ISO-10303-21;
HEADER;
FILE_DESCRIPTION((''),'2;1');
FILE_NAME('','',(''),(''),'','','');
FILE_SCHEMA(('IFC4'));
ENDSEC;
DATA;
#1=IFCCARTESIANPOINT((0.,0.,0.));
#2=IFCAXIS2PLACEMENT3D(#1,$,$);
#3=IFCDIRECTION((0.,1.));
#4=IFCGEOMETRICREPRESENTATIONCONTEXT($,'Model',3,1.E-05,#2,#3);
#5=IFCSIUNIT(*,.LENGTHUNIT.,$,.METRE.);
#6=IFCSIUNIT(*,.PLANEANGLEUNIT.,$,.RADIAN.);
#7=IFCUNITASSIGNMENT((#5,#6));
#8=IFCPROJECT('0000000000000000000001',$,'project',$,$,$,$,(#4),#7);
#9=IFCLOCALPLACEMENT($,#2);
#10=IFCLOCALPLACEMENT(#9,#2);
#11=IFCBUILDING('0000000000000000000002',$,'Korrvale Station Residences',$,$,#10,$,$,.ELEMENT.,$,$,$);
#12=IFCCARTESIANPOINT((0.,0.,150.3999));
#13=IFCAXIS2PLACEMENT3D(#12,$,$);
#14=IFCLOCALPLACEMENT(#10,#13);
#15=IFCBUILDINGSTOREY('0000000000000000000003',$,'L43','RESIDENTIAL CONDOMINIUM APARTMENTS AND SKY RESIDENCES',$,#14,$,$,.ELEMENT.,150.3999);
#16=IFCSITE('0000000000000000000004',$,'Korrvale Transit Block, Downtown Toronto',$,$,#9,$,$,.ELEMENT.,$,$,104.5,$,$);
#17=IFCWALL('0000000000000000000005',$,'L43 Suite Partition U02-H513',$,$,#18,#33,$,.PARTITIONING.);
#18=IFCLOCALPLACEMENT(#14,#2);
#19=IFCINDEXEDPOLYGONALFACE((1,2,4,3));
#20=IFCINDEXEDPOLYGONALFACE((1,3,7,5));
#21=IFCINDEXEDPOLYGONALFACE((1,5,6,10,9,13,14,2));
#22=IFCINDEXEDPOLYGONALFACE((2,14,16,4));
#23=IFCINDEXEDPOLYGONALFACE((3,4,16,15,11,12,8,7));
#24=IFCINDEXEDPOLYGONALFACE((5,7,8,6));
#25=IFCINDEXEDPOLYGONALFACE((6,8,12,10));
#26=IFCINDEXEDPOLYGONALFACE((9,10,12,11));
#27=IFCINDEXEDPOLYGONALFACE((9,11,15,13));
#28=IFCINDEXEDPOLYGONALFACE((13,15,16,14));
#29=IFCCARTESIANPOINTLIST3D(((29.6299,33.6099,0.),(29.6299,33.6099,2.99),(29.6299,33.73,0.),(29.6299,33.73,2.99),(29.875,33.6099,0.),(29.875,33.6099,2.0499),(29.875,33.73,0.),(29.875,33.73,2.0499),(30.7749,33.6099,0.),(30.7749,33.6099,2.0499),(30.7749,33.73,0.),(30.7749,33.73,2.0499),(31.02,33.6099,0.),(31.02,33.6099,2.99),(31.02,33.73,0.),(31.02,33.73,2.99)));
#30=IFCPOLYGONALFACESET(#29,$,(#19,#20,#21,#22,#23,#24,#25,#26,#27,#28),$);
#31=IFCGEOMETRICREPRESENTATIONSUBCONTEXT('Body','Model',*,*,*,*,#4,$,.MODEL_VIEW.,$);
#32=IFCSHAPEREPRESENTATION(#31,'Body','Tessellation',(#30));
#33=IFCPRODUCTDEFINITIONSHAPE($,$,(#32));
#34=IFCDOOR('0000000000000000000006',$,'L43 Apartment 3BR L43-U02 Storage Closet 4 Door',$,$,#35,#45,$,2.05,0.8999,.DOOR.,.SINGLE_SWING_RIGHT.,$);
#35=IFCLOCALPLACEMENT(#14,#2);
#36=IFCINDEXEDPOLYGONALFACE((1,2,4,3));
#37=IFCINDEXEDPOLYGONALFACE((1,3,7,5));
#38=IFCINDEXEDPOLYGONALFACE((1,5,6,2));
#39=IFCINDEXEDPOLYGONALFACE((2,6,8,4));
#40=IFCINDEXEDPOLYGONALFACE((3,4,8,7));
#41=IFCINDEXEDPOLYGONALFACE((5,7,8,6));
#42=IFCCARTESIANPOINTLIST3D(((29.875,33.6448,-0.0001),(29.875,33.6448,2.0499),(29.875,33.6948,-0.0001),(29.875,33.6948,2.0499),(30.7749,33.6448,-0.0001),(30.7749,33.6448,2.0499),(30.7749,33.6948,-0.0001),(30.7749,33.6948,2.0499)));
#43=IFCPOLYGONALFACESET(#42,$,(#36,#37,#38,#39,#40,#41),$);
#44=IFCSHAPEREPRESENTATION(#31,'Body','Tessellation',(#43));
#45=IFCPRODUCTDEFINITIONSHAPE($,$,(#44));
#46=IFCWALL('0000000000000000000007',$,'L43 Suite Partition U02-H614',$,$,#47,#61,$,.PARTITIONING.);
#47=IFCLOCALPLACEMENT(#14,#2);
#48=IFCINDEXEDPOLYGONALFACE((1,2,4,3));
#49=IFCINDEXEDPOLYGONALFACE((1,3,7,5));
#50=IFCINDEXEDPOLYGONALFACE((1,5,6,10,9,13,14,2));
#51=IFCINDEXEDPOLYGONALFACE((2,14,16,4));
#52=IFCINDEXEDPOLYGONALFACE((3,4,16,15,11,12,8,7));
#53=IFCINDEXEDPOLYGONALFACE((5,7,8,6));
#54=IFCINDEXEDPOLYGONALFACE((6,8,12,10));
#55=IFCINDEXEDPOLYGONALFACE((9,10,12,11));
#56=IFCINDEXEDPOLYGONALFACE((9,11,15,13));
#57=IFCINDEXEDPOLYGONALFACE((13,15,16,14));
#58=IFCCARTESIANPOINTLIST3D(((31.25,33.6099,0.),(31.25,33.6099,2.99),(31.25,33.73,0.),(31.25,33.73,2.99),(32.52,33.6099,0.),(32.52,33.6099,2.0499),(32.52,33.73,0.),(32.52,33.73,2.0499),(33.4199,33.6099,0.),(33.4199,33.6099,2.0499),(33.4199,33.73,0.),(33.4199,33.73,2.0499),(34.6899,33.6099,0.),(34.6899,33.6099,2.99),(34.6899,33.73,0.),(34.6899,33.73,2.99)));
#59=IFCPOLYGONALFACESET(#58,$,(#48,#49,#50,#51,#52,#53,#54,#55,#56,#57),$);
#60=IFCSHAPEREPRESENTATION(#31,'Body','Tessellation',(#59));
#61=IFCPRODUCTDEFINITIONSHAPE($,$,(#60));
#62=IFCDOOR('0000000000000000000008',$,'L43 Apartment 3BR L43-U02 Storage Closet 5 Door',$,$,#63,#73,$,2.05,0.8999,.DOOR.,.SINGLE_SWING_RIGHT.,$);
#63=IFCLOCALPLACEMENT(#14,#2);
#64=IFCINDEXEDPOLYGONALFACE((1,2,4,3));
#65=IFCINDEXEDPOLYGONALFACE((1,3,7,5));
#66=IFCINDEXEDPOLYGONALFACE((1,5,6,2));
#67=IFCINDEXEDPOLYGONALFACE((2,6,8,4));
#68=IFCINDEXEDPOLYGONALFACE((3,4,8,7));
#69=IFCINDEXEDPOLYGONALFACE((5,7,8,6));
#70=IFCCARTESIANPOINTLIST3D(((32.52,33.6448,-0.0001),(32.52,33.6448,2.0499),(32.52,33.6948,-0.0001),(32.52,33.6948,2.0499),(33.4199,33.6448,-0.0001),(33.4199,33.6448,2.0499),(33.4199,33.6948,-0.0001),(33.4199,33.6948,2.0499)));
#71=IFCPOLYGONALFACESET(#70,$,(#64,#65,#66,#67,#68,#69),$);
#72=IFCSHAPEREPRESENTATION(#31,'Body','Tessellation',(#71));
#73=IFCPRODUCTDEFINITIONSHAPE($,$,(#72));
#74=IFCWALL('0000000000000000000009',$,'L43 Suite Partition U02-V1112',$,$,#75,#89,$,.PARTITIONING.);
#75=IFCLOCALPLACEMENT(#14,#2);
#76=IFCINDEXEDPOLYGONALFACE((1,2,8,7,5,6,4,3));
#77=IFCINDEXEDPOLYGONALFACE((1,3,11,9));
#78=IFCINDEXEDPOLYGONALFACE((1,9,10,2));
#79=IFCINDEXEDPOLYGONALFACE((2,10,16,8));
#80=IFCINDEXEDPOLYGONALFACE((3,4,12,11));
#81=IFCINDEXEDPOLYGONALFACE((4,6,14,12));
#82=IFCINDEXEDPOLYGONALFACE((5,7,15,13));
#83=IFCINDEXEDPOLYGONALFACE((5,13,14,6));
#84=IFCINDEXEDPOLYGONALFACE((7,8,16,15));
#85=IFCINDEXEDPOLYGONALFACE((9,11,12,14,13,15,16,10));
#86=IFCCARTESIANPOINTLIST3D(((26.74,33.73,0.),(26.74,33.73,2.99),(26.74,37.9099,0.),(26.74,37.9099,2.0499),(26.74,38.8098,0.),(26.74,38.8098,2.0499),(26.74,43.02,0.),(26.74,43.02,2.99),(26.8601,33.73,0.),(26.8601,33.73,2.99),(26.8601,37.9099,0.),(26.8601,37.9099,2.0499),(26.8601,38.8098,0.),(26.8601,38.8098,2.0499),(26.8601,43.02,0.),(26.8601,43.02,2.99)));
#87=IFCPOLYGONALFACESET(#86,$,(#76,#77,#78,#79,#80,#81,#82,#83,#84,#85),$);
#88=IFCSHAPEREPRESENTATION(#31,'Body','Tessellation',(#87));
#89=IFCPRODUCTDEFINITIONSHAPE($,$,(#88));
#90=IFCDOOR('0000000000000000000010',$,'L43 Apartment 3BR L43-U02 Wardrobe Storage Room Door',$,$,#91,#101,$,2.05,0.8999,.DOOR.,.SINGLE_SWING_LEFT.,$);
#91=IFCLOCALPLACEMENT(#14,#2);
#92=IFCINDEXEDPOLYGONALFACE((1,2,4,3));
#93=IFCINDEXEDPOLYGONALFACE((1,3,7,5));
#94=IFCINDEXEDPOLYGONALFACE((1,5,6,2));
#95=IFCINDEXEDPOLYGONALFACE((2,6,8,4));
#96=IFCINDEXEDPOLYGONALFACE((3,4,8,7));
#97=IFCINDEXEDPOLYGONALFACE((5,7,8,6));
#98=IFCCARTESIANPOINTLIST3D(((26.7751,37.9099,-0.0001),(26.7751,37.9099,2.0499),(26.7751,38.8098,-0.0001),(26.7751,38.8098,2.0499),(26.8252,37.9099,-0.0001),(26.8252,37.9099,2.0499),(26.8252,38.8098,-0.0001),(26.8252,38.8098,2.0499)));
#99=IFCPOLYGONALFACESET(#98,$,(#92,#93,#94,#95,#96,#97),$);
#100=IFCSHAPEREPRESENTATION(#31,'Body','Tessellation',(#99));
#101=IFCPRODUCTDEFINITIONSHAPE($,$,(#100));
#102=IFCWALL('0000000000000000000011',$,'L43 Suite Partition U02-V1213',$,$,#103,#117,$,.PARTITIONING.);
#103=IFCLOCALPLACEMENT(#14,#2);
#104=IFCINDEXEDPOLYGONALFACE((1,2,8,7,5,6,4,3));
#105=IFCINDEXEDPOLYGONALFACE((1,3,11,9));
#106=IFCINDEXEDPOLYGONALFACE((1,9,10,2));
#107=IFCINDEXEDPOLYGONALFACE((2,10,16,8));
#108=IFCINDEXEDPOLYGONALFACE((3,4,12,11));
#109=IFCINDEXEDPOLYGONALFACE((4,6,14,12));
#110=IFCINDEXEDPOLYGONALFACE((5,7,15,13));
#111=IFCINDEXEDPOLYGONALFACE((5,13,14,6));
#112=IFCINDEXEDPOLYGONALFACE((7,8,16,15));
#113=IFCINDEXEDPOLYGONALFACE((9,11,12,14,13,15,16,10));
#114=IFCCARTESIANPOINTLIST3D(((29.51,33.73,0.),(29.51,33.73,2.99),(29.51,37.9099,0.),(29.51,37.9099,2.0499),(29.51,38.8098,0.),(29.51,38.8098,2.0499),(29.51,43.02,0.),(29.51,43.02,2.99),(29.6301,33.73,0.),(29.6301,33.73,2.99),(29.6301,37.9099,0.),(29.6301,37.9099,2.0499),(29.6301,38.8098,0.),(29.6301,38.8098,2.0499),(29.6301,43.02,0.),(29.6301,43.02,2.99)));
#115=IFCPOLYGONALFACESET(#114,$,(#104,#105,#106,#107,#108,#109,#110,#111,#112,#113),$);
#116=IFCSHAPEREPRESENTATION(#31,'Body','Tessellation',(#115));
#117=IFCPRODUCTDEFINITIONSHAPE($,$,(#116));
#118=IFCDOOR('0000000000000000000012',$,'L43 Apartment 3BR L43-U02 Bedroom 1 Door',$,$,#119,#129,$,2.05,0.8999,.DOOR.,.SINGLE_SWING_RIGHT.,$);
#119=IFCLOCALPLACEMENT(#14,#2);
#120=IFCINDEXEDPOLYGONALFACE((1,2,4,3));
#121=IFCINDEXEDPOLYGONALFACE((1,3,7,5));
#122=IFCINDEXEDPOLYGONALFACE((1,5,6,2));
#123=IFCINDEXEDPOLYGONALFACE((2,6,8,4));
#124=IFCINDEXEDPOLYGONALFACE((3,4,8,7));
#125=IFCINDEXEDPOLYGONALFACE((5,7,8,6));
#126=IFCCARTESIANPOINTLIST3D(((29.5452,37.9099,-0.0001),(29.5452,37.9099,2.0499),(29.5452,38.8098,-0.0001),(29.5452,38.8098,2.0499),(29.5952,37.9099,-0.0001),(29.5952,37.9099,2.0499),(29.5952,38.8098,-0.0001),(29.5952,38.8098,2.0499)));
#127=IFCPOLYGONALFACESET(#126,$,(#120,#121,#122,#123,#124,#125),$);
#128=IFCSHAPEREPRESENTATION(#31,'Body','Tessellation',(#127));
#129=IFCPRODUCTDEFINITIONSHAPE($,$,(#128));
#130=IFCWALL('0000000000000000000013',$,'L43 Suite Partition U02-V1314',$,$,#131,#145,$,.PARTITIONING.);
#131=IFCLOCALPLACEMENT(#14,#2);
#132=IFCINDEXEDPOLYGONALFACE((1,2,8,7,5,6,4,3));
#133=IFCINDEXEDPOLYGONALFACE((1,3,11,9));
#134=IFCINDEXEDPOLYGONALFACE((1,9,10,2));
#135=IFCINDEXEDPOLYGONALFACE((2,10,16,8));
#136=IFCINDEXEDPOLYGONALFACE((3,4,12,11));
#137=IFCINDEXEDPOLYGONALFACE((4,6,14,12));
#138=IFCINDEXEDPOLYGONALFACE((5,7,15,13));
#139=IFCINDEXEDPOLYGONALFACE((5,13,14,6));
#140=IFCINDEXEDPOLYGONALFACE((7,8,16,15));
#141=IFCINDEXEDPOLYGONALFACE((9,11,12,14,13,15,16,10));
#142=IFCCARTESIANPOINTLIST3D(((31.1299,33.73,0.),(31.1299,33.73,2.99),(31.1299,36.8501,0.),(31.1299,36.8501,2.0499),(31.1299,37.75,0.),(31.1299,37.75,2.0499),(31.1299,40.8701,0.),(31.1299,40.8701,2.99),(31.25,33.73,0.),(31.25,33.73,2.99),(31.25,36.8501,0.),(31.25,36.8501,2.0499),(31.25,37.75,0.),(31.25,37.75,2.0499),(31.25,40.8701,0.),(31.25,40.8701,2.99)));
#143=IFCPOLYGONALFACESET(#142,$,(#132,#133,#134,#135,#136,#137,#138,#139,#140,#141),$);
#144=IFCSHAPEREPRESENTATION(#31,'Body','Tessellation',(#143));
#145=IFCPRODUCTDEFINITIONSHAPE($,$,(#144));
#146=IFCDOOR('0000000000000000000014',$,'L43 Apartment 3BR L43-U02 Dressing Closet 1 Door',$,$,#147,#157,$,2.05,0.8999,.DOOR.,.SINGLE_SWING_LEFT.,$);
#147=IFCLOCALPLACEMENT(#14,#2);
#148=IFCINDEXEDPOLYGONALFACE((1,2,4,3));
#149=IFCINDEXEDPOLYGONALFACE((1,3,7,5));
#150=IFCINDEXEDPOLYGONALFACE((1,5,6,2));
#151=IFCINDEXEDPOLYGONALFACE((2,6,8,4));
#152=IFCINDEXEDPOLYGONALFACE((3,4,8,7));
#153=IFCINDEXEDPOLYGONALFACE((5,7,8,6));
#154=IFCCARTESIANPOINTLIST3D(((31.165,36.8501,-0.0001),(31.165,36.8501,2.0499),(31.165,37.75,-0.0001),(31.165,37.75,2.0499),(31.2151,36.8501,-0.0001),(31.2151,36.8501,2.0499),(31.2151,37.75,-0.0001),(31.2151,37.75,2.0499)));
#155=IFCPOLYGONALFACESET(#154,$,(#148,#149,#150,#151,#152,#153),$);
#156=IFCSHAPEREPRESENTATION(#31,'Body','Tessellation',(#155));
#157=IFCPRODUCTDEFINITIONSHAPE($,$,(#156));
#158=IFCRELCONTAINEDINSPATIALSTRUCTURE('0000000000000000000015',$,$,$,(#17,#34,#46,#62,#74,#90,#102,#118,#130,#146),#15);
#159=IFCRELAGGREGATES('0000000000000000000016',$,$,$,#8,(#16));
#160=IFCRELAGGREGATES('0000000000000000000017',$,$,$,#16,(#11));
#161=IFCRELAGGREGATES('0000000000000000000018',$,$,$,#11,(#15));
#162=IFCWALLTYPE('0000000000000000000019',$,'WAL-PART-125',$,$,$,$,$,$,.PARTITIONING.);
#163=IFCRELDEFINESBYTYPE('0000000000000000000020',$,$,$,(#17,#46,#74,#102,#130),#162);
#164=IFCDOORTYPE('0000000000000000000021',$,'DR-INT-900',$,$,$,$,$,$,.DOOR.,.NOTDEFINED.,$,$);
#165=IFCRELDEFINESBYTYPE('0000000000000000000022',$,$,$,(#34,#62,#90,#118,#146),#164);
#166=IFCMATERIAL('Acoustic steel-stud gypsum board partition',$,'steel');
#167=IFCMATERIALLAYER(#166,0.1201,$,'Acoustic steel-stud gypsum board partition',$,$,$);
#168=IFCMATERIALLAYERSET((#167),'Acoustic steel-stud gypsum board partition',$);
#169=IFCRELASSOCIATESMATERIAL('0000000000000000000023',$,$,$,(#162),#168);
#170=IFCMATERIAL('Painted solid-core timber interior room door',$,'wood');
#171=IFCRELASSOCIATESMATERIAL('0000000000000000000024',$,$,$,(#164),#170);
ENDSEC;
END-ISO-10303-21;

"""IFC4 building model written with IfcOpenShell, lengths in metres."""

from ifc_helpers import new_model, si_unit, direction, frame, frame_2d, origin, place, context, subcontext, project, spatial, rectangle, extrude, material, layer, layer_set, type_object, element, fill, save


model = new_model("IFC4")

# Units and contexts
model_context = context("Model", 3, precision=1e-05, world=origin(), true_north=direction((0.0, 1.0)))
body_context = subcontext(model_context, "Body", "Model", "MODEL_VIEW")
ifc_project = project(units=[si_unit("LENGTHUNIT", "METRE"), si_unit("PLANEANGLEUNIT", "RADIAN")], contexts=[model_context])

# Site, building, storey
site_placement = place(None, origin())
site = spatial("IfcSite", under=ifc_project, at=site_placement, Name="Korrvale Transit Block, Downtown Toronto", CompositionType="ELEMENT", RefElevation=104.5)
building_placement = place(site_placement, origin())
building = spatial("IfcBuilding", under=site, at=building_placement, Name="Korrvale Station Residences", CompositionType="ELEMENT")
storey_placement = place(building_placement, frame((0.0, 0.0, 150.3999)))
storey = spatial("IfcBuildingStorey", under=building, at=storey_placement, Name="L43", Description="RESIDENTIAL CONDOMINIUM APARTMENTS AND SKY RESIDENCES", CompositionType="ELEMENT", Elevation=150.3999)

# Shared definitions
ifc_material_1 = material(Name="Acoustic steel-stud gypsum board partition", Category="steel")
ifc_layer_1 = layer(ifc_material_1, 0.1201, Name="Acoustic steel-stud gypsum board partition")
ifc_layer_set_1 = layer_set([ifc_layer_1], Name="Acoustic steel-stud gypsum board partition")
wall_type_1 = type_object("IfcWallType", Name="WAL-PART-125", PredefinedType="PARTITIONING", material=ifc_layer_set_1)
ifc_material_2 = material(Name="Painted solid-core timber interior room door", Category="wood")
door_type_1 = type_object("IfcDoorType", Name="DR-INT-900", OperationType="NOTDEFINED", PredefinedType="DOOR", material=ifc_material_2)

# Walls, openings, doors
wall_1_placement = place(storey_placement, frame((29.6299, 33.6699, 0.0), z_axis=(0.0, 0.0, 1.0), x_axis=(1.0, 0.0, 0.0)))
wall_1 = element("IfcWall", 1, at=wall_1_placement, inside=storey, type_object=wall_type_1, Name="L43 Suite Partition U02-H513", PredefinedType="PARTITIONING", context=body_context, shape_type="SweptSolid", body=[
    extrude(rectangle(XDim=1.3901, YDim=0.1201, at=frame_2d((0.6951, 0.0))), origin(), (0.0, 0.0, 1.0), 2.99),
])
opening_1_placement = place(wall_1_placement, frame((0.2451, 0.0, 0.0)))
opening_1 = element("IfcOpeningElement", 2, at=opening_1_placement, cuts=wall_1, PredefinedType="OPENING", context=body_context, shape_type="SweptSolid", body=[
    extrude(rectangle(XDim=0.8999, YDim=2.05, at=frame_2d((0.45, 1.0249))), frame((0.0, 0.0701, 0.0), z_axis=(0.0, -1.0, 0.0), x_axis=(1.0, 0.0, 0.0)), (0.0, 0.0, 1.0), 0.1401),
])
door_1_placement = place(opening_1_placement, origin())
door_1 = element("IfcDoor", 3, at=door_1_placement, inside=storey, type_object=door_type_1, Name="L43 Apartment 3BR L43-U02 Storage Closet 4 Door", OperationType="SINGLE_SWING_RIGHT", OverallHeight=2.05, OverallWidth=0.8999, PredefinedType="DOOR", context=body_context, shape_type="SweptSolid", body=[
    extrude(rectangle(XDim=0.8999, YDim=2.05, at=frame_2d((0.45, 1.0249))), frame((0.0, 0.0249, 0.0), z_axis=(0.0, -1.0, 0.0), x_axis=(1.0, 0.0, 0.0)), (0.0, 0.0, 1.0), 0.05),
])
fill(opening_1, door_1)
wall_2_placement = place(storey_placement, frame((31.25, 33.6699, 0.0), z_axis=(0.0, 0.0, 1.0), x_axis=(1.0, 0.0, 0.0)))
wall_2 = element("IfcWall", 4, at=wall_2_placement, inside=storey, type_object=wall_type_1, Name="L43 Suite Partition U02-H614", PredefinedType="PARTITIONING", context=body_context, shape_type="SweptSolid", body=[
    extrude(rectangle(XDim=3.4399, YDim=0.1201, at=frame_2d((1.72, 0.0))), origin(), (0.0, 0.0, 1.0), 2.99),
])
opening_2_placement = place(wall_2_placement, frame((1.27, 0.0, 0.0)))
opening_2 = element("IfcOpeningElement", 5, at=opening_2_placement, cuts=wall_2, PredefinedType="OPENING", context=body_context, shape_type="SweptSolid", body=[
    extrude(rectangle(XDim=0.8999, YDim=2.05, at=frame_2d((0.45, 1.0249))), frame((0.0, 0.0701, 0.0), z_axis=(0.0, -1.0, 0.0), x_axis=(1.0, 0.0, 0.0)), (0.0, 0.0, 1.0), 0.1401),
])
door_2_placement = place(opening_2_placement, origin())
door_2 = element("IfcDoor", 6, at=door_2_placement, inside=storey, type_object=door_type_1, Name="L43 Apartment 3BR L43-U02 Storage Closet 5 Door", OperationType="SINGLE_SWING_RIGHT", OverallHeight=2.05, OverallWidth=0.8999, PredefinedType="DOOR", context=body_context, shape_type="SweptSolid", body=[
    extrude(rectangle(XDim=0.8999, YDim=2.05, at=frame_2d((0.45, 1.0249))), frame((0.0, 0.0249, 0.0), z_axis=(0.0, -1.0, 0.0), x_axis=(1.0, 0.0, 0.0)), (0.0, 0.0, 1.0), 0.05),
])
fill(opening_2, door_2)
wall_3_placement = place(storey_placement, frame((26.8, 33.73, 0.0), z_axis=(0.0, 0.0, 1.0), x_axis=(0.0, 1.0, 0.0)))
wall_3 = element("IfcWall", 7, at=wall_3_placement, inside=storey, type_object=wall_type_1, Name="L43 Suite Partition U02-V1112", PredefinedType="PARTITIONING", context=body_context, shape_type="SweptSolid", body=[
    extrude(rectangle(XDim=9.29, YDim=0.1201, at=frame_2d((4.645, 0.0))), origin(), (0.0, 0.0, 1.0), 2.99),
])
opening_3_placement = place(wall_3_placement, frame((4.1799, 0.0, 0.0)))
opening_3 = element("IfcOpeningElement", 8, at=opening_3_placement, cuts=wall_3, PredefinedType="OPENING", context=body_context, shape_type="SweptSolid", body=[
    extrude(rectangle(XDim=0.8999, YDim=2.05, at=frame_2d((0.45, 1.0249))), frame((0.0, 0.0701, 0.0), z_axis=(0.0, -1.0, 0.0), x_axis=(1.0, 0.0, 0.0)), (0.0, 0.0, 1.0), 0.1401),
])
door_3_placement = place(opening_3_placement, origin())
door_3 = element("IfcDoor", 9, at=door_3_placement, inside=storey, type_object=door_type_1, Name="L43 Apartment 3BR L43-U02 Wardrobe Storage Room Door", OperationType="SINGLE_SWING_LEFT", OverallHeight=2.05, OverallWidth=0.8999, PredefinedType="DOOR", context=body_context, shape_type="SweptSolid", body=[
    extrude(rectangle(XDim=0.8999, YDim=2.05, at=frame_2d((0.45, 1.0249))), frame((0.0, 0.0249, 0.0), z_axis=(0.0, -1.0, 0.0), x_axis=(1.0, 0.0, 0.0)), (0.0, 0.0, 1.0), 0.05),
])
fill(opening_3, door_3)
wall_4_placement = place(storey_placement, frame((29.5701, 33.73, 0.0), z_axis=(0.0, 0.0, 1.0), x_axis=(0.0, 1.0, 0.0)))
wall_4 = element("IfcWall", 10, at=wall_4_placement, inside=storey, type_object=wall_type_1, Name="L43 Suite Partition U02-V1213", PredefinedType="PARTITIONING", context=body_context, shape_type="SweptSolid", body=[
    extrude(rectangle(XDim=9.29, YDim=0.1201, at=frame_2d((4.645, 0.0))), origin(), (0.0, 0.0, 1.0), 2.99),
])
opening_4_placement = place(wall_4_placement, frame((4.1799, 0.0, 0.0)))
opening_4 = element("IfcOpeningElement", 11, at=opening_4_placement, cuts=wall_4, PredefinedType="OPENING", context=body_context, shape_type="SweptSolid", body=[
    extrude(rectangle(XDim=0.8999, YDim=2.05, at=frame_2d((0.45, 1.0249))), frame((0.0, 0.0701, 0.0), z_axis=(0.0, -1.0, 0.0), x_axis=(1.0, 0.0, 0.0)), (0.0, 0.0, 1.0), 0.1401),
])
door_4_placement = place(opening_4_placement, origin())
door_4 = element("IfcDoor", 12, at=door_4_placement, inside=storey, type_object=door_type_1, Name="L43 Apartment 3BR L43-U02 Bedroom 1 Door", OperationType="SINGLE_SWING_RIGHT", OverallHeight=2.05, OverallWidth=0.8999, PredefinedType="DOOR", context=body_context, shape_type="SweptSolid", body=[
    extrude(rectangle(XDim=0.8999, YDim=2.05, at=frame_2d((0.45, 1.0249))), frame((0.0, 0.0249, 0.0), z_axis=(0.0, -1.0, 0.0), x_axis=(1.0, 0.0, 0.0)), (0.0, 0.0, 1.0), 0.05),
])
fill(opening_4, door_4)
wall_5_placement = place(storey_placement, frame((31.1899, 33.73, 0.0), z_axis=(0.0, 0.0, 1.0), x_axis=(0.0, 1.0, 0.0)))
wall_5 = element("IfcWall", 13, at=wall_5_placement, inside=storey, type_object=wall_type_1, Name="L43 Suite Partition U02-V1314", PredefinedType="PARTITIONING", context=body_context, shape_type="SweptSolid", body=[
    extrude(rectangle(XDim=7.1401, YDim=0.1201, at=frame_2d((3.5701, 0.0))), origin(), (0.0, 0.0, 1.0), 2.99),
])
opening_5_placement = place(wall_5_placement, frame((3.1201, 0.0, 0.0)))
opening_5 = element("IfcOpeningElement", 14, at=opening_5_placement, cuts=wall_5, PredefinedType="OPENING", context=body_context, shape_type="SweptSolid", body=[
    extrude(rectangle(XDim=0.8999, YDim=2.05, at=frame_2d((0.45, 1.0249))), frame((0.0, 0.0701, 0.0), z_axis=(0.0, -1.0, 0.0), x_axis=(1.0, 0.0, 0.0)), (0.0, 0.0, 1.0), 0.1401),
])
door_5_placement = place(opening_5_placement, origin())
door_5 = element("IfcDoor", 15, at=door_5_placement, inside=storey, type_object=door_type_1, Name="L43 Apartment 3BR L43-U02 Dressing Closet 1 Door", OperationType="SINGLE_SWING_LEFT", OverallHeight=2.05, OverallWidth=0.8999, PredefinedType="DOOR", context=body_context, shape_type="SweptSolid", body=[
    extrude(rectangle(XDim=0.8999, YDim=2.05, at=frame_2d((0.45, 1.0249))), frame((0.0, 0.0249, 0.0), z_axis=(0.0, -1.0, 0.0), x_axis=(1.0, 0.0, 0.0)), (0.0, 0.0, 1.0), 0.05),
])
fill(opening_5, door_5)

save(model, "model.ifc")
